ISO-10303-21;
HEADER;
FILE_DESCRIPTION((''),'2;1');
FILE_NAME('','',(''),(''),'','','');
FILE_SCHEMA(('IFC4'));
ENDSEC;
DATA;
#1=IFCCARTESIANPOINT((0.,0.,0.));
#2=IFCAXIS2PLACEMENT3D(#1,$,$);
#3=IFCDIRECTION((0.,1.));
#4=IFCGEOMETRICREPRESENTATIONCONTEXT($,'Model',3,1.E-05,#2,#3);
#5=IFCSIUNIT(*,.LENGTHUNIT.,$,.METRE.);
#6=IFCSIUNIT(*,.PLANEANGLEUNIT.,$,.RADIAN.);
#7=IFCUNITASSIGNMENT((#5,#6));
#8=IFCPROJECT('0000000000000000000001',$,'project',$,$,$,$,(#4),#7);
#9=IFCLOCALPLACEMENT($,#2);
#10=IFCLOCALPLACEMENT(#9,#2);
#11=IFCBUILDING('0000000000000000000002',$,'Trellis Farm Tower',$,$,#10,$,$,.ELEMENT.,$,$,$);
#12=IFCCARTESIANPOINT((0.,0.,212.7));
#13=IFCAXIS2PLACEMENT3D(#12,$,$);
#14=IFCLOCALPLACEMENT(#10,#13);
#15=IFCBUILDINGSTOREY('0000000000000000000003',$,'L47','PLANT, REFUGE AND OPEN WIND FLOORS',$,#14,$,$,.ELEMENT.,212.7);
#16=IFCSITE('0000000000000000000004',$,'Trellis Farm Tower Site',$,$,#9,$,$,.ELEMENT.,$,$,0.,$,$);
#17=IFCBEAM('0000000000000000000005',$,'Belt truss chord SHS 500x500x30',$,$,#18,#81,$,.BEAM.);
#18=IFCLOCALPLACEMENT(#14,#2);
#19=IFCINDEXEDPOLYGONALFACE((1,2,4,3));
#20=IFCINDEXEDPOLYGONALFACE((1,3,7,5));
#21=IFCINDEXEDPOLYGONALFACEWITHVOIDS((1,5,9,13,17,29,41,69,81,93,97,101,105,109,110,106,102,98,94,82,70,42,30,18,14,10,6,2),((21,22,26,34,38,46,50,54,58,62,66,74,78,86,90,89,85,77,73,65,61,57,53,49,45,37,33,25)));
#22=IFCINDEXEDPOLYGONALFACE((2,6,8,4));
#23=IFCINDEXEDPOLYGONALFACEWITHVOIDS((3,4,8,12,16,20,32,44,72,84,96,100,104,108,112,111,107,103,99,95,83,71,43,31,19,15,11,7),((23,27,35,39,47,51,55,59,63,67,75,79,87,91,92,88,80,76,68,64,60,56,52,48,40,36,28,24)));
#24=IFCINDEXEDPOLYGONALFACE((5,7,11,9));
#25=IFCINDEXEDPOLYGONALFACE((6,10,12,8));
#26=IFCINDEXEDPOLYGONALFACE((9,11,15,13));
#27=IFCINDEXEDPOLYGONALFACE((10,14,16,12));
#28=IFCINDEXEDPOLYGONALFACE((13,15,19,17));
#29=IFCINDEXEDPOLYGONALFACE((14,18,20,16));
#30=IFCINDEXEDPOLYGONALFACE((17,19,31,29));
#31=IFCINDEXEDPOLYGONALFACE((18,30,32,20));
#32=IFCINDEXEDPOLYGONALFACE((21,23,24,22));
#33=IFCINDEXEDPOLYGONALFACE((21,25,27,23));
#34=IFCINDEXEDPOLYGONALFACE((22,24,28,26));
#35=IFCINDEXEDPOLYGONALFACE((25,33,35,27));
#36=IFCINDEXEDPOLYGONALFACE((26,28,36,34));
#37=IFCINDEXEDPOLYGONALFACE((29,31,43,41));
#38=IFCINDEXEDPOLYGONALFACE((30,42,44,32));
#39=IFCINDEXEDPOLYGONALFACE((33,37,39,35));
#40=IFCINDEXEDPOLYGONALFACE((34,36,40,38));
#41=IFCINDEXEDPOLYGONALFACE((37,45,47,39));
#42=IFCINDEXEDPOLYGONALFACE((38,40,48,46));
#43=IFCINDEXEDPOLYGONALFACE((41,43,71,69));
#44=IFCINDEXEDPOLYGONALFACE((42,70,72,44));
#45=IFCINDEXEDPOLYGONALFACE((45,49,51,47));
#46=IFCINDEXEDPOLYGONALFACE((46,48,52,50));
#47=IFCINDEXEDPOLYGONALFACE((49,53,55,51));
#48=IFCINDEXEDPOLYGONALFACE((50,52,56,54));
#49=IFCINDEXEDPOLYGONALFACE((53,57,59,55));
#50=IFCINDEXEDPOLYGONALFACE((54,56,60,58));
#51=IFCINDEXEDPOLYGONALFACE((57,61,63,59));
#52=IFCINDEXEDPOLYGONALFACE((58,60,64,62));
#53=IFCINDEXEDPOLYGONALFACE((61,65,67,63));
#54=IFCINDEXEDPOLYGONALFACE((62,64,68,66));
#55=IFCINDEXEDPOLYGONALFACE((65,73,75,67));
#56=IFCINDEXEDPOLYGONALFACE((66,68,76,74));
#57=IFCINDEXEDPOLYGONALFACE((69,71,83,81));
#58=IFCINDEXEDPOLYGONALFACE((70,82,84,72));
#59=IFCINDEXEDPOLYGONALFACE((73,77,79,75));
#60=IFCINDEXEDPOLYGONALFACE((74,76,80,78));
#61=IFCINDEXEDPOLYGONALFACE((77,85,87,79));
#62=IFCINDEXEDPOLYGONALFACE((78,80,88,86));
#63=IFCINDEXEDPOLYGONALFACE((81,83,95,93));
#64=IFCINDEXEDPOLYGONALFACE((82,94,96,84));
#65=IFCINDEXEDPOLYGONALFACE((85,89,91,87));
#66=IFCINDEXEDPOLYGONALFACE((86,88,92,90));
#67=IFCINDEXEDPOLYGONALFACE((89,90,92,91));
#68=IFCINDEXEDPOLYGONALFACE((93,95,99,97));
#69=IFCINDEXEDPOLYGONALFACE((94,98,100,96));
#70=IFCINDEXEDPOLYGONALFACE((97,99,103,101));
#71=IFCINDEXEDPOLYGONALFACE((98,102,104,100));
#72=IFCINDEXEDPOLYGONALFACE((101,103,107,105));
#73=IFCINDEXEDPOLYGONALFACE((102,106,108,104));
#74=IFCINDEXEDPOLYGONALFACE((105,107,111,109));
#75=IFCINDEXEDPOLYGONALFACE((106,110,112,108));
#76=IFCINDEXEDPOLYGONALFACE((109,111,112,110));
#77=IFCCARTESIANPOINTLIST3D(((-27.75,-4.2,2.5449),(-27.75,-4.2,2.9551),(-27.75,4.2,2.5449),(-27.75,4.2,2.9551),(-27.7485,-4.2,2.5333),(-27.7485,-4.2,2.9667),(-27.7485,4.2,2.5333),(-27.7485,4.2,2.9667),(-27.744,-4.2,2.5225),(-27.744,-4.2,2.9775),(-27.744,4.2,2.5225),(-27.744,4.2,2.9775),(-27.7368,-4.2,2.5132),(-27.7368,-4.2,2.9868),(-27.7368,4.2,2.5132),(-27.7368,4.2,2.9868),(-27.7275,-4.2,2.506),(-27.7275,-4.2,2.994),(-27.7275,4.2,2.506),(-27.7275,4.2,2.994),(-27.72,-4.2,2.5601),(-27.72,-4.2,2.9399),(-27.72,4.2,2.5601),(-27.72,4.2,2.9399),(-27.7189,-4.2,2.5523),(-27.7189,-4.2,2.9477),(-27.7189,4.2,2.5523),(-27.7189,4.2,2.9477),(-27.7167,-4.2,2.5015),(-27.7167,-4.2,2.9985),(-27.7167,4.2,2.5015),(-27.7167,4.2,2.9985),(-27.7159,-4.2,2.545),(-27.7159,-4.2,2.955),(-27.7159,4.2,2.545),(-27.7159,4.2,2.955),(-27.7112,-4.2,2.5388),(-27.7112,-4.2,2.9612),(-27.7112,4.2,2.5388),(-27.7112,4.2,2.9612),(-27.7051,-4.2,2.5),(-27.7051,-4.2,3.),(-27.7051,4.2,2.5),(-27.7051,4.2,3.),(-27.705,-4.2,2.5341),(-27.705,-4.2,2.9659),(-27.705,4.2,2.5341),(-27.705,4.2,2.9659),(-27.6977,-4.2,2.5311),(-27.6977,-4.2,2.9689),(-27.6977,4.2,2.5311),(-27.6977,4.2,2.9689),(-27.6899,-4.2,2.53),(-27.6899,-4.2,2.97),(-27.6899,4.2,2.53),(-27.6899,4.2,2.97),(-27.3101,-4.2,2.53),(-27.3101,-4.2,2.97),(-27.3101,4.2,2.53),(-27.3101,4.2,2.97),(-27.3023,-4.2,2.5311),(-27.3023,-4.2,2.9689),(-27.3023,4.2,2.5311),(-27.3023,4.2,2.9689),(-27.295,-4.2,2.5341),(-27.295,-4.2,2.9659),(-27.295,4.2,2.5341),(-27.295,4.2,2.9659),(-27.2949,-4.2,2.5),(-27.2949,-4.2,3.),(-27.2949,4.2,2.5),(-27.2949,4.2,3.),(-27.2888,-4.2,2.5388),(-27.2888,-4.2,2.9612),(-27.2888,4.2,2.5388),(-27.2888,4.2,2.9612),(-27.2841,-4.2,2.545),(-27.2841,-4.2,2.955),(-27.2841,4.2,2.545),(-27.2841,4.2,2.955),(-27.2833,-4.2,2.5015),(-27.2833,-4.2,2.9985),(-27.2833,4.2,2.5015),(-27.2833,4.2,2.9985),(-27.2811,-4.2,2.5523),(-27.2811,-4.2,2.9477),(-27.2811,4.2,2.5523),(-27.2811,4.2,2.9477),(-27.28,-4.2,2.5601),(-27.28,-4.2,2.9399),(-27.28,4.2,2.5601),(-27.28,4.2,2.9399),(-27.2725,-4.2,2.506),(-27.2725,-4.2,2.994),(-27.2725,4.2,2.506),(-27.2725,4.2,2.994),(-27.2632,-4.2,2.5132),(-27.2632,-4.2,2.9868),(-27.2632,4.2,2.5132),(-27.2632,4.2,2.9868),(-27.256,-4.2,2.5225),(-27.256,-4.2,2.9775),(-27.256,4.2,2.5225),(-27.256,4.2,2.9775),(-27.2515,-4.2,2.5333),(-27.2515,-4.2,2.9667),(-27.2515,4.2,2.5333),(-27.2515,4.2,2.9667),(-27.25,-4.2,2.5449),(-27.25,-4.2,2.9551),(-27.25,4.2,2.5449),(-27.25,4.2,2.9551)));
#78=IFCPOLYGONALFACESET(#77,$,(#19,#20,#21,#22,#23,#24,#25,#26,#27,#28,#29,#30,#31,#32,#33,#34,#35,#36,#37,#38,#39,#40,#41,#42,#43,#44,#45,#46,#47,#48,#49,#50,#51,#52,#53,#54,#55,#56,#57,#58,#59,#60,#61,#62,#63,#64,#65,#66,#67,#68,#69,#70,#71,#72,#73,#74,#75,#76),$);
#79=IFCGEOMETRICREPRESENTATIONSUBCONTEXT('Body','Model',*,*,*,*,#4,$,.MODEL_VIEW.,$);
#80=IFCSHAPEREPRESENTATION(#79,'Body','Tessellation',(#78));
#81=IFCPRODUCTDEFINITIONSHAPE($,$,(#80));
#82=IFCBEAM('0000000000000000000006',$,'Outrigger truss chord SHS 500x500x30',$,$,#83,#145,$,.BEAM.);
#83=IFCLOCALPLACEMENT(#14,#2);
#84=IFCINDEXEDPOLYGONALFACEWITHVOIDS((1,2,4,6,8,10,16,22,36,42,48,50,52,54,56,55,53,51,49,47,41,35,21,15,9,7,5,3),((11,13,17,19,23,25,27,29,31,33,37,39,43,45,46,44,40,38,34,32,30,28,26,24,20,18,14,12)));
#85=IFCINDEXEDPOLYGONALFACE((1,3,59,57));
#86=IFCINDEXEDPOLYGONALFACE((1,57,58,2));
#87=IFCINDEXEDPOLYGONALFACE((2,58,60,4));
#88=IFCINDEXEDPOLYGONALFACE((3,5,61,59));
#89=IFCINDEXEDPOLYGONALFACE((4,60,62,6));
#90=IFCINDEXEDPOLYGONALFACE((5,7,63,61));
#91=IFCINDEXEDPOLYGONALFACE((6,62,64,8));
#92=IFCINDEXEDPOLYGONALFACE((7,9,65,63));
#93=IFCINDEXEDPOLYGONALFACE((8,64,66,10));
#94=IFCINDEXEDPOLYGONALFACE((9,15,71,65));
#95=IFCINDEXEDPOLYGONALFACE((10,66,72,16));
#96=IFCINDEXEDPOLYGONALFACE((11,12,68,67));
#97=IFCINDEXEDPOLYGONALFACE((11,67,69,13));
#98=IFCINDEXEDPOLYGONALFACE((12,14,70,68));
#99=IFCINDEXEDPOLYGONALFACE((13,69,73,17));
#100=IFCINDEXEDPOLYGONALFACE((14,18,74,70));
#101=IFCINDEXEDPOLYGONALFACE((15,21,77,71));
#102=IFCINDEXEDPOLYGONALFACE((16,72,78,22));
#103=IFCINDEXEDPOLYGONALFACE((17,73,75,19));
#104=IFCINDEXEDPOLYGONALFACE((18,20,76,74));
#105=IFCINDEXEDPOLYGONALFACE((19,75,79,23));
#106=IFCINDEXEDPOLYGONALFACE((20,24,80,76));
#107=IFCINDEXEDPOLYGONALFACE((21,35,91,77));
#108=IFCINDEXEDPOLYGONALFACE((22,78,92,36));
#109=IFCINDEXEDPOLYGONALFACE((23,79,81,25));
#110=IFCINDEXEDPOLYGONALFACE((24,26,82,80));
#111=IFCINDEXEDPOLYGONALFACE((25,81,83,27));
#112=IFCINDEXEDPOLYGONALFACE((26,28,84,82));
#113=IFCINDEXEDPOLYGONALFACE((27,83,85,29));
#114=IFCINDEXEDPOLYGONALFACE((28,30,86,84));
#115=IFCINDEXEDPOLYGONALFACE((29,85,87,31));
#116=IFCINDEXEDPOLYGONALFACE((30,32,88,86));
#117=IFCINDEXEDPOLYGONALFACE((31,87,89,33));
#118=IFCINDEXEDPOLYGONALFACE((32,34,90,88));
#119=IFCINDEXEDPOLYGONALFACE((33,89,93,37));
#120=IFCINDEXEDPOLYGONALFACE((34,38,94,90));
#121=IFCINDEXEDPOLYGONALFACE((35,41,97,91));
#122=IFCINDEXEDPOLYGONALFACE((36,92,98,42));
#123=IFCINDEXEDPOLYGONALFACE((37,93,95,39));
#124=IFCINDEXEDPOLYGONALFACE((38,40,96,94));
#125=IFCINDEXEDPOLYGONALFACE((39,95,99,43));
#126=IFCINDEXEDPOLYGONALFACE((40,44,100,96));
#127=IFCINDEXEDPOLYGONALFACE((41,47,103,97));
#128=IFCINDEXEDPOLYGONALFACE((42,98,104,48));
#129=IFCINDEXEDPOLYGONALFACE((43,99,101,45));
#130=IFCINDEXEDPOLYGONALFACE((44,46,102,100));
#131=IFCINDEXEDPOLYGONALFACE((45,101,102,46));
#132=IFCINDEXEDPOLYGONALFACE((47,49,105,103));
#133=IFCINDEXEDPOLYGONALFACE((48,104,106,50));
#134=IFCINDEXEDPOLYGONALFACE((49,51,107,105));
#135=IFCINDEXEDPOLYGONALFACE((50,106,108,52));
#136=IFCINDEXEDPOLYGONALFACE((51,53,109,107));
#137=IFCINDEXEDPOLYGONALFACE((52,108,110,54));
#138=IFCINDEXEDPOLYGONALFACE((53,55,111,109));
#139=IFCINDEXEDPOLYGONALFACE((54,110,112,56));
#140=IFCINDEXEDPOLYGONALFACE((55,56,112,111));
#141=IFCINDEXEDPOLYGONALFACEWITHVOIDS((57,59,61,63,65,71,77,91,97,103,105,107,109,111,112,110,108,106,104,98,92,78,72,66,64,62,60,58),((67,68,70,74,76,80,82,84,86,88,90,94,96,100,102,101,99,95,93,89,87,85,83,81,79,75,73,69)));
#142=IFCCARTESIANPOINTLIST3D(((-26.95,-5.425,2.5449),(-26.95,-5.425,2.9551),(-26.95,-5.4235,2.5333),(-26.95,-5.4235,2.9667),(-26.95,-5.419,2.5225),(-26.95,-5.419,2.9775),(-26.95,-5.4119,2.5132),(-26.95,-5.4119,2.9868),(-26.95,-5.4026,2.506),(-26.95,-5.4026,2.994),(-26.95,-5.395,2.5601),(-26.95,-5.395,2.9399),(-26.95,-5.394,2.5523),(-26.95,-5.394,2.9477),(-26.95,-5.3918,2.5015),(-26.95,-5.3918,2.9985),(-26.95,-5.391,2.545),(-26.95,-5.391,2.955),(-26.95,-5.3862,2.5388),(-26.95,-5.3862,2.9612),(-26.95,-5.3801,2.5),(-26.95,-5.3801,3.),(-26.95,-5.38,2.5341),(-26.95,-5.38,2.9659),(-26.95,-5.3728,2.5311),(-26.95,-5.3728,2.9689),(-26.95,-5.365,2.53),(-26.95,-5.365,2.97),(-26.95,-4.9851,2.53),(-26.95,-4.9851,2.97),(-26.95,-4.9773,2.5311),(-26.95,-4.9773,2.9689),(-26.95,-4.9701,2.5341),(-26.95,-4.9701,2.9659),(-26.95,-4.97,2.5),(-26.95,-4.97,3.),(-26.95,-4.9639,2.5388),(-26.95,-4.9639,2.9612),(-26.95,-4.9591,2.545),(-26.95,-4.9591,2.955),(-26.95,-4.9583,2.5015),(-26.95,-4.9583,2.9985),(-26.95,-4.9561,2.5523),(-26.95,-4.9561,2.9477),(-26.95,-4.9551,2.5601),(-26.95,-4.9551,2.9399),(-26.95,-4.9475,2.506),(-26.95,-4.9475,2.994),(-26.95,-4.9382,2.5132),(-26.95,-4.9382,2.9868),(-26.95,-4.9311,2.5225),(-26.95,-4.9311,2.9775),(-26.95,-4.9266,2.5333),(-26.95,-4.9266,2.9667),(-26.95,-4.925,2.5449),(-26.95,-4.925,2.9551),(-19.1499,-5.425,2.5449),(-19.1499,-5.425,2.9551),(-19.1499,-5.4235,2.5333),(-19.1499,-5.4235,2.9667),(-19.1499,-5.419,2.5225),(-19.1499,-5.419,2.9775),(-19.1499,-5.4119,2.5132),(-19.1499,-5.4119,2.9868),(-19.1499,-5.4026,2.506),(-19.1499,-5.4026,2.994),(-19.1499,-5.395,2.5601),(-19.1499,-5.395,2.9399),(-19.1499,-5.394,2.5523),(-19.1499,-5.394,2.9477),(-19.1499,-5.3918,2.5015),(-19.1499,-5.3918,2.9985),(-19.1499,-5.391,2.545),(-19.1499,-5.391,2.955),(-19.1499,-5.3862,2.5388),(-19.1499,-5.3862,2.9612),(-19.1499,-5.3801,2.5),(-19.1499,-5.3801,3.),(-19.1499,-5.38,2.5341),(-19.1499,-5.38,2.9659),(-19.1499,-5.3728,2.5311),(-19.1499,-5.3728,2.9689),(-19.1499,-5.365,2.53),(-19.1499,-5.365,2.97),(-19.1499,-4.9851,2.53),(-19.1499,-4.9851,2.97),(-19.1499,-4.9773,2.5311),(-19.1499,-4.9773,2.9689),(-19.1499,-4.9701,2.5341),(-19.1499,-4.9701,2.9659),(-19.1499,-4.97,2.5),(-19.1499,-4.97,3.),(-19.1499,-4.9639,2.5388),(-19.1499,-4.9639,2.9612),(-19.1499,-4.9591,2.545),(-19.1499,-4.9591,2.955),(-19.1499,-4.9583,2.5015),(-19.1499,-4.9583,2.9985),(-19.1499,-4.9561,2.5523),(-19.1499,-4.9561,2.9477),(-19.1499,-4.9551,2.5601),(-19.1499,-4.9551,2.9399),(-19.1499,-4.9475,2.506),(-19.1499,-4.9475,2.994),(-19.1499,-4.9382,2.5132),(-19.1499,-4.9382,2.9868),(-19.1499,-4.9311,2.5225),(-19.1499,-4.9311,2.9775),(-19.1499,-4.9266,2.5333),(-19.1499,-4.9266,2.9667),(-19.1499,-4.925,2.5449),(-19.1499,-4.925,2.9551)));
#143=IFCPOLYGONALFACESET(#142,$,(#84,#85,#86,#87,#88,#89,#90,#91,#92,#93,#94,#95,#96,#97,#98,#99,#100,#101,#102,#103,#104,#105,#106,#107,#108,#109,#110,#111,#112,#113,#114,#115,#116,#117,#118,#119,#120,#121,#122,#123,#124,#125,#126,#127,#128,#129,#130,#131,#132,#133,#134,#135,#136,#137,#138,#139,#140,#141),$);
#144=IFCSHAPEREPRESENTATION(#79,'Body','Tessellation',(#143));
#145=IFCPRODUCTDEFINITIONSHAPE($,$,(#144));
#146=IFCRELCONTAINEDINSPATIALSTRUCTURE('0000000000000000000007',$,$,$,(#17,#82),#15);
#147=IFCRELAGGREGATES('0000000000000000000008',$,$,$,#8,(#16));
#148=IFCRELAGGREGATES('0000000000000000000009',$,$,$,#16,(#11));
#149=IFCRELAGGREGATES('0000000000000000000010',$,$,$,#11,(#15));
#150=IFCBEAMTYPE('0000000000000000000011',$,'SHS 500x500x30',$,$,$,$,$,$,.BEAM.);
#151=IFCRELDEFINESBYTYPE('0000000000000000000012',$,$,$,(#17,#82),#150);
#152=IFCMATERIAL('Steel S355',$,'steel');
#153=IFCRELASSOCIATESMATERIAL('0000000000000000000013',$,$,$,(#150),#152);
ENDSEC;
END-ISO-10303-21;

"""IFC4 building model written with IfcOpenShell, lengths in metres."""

from ifc_helpers import new_model, si_unit, direction, frame, origin, origin_2d, place, context, subcontext, project, spatial, hollow_rectangle, extrude, source, transform, mapped, material, material_profile, profile_set, type_object, element, save


model = new_model("IFC4")

# Units and contexts
model_context = context("Model", 3, precision=1e-05, world=origin(), true_north=direction((0.0, 1.0)))
body_context = subcontext(model_context, "Body", "Model", "MODEL_VIEW")
ifc_project = project(units=[si_unit("LENGTHUNIT", "METRE"), si_unit("PLANEANGLEUNIT", "RADIAN")], contexts=[model_context])

# Site, building, storey
site_placement = place(None, origin())
site = spatial("IfcSite", under=ifc_project, at=site_placement, Name="Trellis Farm Tower Site", CompositionType="ELEMENT", RefElevation=0.0)
building_placement = place(site_placement, origin())
building = spatial("IfcBuilding", under=site, at=building_placement, Name="Trellis Farm Tower", CompositionType="ELEMENT")
storey_placement = place(building_placement, frame((0.0, 0.0, 212.7)))
storey = spatial("IfcBuildingStorey", under=building, at=storey_placement, Name="L47", Description="PLANT, REFUGE AND OPEN WIND FLOORS", CompositionType="ELEMENT", Elevation=212.7)

# Beams
ifc_material_1 = material(Name="Steel S355", Category="steel")
ifc_material_profile_1 = material_profile(ifc_material_1, hollow_rectangle(XDim=0.5, YDim=0.5, WallThickness=0.03, InnerFilletRadius=0.03, OuterFilletRadius=0.0449, at=origin_2d()), Name="SHS 500x500x30")
ifc_profile_set_1 = profile_set([ifc_material_profile_1], Name="Steel S355")
beam_type_1 = type_object("IfcBeamType", Name="SHS 500x500x30", PredefinedType="BEAM", material=ifc_profile_set_1)
shared_shape_1 = source(origin(), body_context, "Body", "SweptSolid", [
    extrude(hollow_rectangle(XDim=0.5, YDim=0.5, WallThickness=0.03, InnerFilletRadius=0.03, OuterFilletRadius=0.0449, at=origin_2d()), origin(), (0.0, 0.0, 1.0), 8.3999),
])
beam_1_placement = place(storey_placement, frame((-27.5, -4.2, 2.75), z_axis=(0.0, 1.0, 0.0), x_axis=(-1.0, 0.0, 0.0)))
element("IfcBeam", 1, at=beam_1_placement, inside=storey, type_object=beam_type_1, Name="Belt truss chord SHS 500x500x30", PredefinedType="BEAM", context=body_context, shape_type="MappedRepresentation", body=[
    mapped(shared_shape_1, transform((0.0, 0.0, 0.0))),
])
shared_shape_2 = source(origin(), body_context, "Body", "SweptSolid", [
    extrude(hollow_rectangle(XDim=0.5, YDim=0.5, WallThickness=0.03, InnerFilletRadius=0.03, OuterFilletRadius=0.0449, at=origin_2d()), origin(), (0.0, 0.0, 1.0), 7.8),
])
beam_2_placement = place(storey_placement, frame((-26.95, -5.175, 2.75), z_axis=(1.0, 0.0, 0.0), x_axis=(0.0, 1.0, 0.0)))
element("IfcBeam", 2, at=beam_2_placement, inside=storey, type_object=beam_type_1, Name="Outrigger truss chord SHS 500x500x30", PredefinedType="BEAM", context=body_context, shape_type="MappedRepresentation", body=[
    mapped(shared_shape_2, transform((0.0, 0.0, 0.0))),
])

save(model, "model.ifc")
